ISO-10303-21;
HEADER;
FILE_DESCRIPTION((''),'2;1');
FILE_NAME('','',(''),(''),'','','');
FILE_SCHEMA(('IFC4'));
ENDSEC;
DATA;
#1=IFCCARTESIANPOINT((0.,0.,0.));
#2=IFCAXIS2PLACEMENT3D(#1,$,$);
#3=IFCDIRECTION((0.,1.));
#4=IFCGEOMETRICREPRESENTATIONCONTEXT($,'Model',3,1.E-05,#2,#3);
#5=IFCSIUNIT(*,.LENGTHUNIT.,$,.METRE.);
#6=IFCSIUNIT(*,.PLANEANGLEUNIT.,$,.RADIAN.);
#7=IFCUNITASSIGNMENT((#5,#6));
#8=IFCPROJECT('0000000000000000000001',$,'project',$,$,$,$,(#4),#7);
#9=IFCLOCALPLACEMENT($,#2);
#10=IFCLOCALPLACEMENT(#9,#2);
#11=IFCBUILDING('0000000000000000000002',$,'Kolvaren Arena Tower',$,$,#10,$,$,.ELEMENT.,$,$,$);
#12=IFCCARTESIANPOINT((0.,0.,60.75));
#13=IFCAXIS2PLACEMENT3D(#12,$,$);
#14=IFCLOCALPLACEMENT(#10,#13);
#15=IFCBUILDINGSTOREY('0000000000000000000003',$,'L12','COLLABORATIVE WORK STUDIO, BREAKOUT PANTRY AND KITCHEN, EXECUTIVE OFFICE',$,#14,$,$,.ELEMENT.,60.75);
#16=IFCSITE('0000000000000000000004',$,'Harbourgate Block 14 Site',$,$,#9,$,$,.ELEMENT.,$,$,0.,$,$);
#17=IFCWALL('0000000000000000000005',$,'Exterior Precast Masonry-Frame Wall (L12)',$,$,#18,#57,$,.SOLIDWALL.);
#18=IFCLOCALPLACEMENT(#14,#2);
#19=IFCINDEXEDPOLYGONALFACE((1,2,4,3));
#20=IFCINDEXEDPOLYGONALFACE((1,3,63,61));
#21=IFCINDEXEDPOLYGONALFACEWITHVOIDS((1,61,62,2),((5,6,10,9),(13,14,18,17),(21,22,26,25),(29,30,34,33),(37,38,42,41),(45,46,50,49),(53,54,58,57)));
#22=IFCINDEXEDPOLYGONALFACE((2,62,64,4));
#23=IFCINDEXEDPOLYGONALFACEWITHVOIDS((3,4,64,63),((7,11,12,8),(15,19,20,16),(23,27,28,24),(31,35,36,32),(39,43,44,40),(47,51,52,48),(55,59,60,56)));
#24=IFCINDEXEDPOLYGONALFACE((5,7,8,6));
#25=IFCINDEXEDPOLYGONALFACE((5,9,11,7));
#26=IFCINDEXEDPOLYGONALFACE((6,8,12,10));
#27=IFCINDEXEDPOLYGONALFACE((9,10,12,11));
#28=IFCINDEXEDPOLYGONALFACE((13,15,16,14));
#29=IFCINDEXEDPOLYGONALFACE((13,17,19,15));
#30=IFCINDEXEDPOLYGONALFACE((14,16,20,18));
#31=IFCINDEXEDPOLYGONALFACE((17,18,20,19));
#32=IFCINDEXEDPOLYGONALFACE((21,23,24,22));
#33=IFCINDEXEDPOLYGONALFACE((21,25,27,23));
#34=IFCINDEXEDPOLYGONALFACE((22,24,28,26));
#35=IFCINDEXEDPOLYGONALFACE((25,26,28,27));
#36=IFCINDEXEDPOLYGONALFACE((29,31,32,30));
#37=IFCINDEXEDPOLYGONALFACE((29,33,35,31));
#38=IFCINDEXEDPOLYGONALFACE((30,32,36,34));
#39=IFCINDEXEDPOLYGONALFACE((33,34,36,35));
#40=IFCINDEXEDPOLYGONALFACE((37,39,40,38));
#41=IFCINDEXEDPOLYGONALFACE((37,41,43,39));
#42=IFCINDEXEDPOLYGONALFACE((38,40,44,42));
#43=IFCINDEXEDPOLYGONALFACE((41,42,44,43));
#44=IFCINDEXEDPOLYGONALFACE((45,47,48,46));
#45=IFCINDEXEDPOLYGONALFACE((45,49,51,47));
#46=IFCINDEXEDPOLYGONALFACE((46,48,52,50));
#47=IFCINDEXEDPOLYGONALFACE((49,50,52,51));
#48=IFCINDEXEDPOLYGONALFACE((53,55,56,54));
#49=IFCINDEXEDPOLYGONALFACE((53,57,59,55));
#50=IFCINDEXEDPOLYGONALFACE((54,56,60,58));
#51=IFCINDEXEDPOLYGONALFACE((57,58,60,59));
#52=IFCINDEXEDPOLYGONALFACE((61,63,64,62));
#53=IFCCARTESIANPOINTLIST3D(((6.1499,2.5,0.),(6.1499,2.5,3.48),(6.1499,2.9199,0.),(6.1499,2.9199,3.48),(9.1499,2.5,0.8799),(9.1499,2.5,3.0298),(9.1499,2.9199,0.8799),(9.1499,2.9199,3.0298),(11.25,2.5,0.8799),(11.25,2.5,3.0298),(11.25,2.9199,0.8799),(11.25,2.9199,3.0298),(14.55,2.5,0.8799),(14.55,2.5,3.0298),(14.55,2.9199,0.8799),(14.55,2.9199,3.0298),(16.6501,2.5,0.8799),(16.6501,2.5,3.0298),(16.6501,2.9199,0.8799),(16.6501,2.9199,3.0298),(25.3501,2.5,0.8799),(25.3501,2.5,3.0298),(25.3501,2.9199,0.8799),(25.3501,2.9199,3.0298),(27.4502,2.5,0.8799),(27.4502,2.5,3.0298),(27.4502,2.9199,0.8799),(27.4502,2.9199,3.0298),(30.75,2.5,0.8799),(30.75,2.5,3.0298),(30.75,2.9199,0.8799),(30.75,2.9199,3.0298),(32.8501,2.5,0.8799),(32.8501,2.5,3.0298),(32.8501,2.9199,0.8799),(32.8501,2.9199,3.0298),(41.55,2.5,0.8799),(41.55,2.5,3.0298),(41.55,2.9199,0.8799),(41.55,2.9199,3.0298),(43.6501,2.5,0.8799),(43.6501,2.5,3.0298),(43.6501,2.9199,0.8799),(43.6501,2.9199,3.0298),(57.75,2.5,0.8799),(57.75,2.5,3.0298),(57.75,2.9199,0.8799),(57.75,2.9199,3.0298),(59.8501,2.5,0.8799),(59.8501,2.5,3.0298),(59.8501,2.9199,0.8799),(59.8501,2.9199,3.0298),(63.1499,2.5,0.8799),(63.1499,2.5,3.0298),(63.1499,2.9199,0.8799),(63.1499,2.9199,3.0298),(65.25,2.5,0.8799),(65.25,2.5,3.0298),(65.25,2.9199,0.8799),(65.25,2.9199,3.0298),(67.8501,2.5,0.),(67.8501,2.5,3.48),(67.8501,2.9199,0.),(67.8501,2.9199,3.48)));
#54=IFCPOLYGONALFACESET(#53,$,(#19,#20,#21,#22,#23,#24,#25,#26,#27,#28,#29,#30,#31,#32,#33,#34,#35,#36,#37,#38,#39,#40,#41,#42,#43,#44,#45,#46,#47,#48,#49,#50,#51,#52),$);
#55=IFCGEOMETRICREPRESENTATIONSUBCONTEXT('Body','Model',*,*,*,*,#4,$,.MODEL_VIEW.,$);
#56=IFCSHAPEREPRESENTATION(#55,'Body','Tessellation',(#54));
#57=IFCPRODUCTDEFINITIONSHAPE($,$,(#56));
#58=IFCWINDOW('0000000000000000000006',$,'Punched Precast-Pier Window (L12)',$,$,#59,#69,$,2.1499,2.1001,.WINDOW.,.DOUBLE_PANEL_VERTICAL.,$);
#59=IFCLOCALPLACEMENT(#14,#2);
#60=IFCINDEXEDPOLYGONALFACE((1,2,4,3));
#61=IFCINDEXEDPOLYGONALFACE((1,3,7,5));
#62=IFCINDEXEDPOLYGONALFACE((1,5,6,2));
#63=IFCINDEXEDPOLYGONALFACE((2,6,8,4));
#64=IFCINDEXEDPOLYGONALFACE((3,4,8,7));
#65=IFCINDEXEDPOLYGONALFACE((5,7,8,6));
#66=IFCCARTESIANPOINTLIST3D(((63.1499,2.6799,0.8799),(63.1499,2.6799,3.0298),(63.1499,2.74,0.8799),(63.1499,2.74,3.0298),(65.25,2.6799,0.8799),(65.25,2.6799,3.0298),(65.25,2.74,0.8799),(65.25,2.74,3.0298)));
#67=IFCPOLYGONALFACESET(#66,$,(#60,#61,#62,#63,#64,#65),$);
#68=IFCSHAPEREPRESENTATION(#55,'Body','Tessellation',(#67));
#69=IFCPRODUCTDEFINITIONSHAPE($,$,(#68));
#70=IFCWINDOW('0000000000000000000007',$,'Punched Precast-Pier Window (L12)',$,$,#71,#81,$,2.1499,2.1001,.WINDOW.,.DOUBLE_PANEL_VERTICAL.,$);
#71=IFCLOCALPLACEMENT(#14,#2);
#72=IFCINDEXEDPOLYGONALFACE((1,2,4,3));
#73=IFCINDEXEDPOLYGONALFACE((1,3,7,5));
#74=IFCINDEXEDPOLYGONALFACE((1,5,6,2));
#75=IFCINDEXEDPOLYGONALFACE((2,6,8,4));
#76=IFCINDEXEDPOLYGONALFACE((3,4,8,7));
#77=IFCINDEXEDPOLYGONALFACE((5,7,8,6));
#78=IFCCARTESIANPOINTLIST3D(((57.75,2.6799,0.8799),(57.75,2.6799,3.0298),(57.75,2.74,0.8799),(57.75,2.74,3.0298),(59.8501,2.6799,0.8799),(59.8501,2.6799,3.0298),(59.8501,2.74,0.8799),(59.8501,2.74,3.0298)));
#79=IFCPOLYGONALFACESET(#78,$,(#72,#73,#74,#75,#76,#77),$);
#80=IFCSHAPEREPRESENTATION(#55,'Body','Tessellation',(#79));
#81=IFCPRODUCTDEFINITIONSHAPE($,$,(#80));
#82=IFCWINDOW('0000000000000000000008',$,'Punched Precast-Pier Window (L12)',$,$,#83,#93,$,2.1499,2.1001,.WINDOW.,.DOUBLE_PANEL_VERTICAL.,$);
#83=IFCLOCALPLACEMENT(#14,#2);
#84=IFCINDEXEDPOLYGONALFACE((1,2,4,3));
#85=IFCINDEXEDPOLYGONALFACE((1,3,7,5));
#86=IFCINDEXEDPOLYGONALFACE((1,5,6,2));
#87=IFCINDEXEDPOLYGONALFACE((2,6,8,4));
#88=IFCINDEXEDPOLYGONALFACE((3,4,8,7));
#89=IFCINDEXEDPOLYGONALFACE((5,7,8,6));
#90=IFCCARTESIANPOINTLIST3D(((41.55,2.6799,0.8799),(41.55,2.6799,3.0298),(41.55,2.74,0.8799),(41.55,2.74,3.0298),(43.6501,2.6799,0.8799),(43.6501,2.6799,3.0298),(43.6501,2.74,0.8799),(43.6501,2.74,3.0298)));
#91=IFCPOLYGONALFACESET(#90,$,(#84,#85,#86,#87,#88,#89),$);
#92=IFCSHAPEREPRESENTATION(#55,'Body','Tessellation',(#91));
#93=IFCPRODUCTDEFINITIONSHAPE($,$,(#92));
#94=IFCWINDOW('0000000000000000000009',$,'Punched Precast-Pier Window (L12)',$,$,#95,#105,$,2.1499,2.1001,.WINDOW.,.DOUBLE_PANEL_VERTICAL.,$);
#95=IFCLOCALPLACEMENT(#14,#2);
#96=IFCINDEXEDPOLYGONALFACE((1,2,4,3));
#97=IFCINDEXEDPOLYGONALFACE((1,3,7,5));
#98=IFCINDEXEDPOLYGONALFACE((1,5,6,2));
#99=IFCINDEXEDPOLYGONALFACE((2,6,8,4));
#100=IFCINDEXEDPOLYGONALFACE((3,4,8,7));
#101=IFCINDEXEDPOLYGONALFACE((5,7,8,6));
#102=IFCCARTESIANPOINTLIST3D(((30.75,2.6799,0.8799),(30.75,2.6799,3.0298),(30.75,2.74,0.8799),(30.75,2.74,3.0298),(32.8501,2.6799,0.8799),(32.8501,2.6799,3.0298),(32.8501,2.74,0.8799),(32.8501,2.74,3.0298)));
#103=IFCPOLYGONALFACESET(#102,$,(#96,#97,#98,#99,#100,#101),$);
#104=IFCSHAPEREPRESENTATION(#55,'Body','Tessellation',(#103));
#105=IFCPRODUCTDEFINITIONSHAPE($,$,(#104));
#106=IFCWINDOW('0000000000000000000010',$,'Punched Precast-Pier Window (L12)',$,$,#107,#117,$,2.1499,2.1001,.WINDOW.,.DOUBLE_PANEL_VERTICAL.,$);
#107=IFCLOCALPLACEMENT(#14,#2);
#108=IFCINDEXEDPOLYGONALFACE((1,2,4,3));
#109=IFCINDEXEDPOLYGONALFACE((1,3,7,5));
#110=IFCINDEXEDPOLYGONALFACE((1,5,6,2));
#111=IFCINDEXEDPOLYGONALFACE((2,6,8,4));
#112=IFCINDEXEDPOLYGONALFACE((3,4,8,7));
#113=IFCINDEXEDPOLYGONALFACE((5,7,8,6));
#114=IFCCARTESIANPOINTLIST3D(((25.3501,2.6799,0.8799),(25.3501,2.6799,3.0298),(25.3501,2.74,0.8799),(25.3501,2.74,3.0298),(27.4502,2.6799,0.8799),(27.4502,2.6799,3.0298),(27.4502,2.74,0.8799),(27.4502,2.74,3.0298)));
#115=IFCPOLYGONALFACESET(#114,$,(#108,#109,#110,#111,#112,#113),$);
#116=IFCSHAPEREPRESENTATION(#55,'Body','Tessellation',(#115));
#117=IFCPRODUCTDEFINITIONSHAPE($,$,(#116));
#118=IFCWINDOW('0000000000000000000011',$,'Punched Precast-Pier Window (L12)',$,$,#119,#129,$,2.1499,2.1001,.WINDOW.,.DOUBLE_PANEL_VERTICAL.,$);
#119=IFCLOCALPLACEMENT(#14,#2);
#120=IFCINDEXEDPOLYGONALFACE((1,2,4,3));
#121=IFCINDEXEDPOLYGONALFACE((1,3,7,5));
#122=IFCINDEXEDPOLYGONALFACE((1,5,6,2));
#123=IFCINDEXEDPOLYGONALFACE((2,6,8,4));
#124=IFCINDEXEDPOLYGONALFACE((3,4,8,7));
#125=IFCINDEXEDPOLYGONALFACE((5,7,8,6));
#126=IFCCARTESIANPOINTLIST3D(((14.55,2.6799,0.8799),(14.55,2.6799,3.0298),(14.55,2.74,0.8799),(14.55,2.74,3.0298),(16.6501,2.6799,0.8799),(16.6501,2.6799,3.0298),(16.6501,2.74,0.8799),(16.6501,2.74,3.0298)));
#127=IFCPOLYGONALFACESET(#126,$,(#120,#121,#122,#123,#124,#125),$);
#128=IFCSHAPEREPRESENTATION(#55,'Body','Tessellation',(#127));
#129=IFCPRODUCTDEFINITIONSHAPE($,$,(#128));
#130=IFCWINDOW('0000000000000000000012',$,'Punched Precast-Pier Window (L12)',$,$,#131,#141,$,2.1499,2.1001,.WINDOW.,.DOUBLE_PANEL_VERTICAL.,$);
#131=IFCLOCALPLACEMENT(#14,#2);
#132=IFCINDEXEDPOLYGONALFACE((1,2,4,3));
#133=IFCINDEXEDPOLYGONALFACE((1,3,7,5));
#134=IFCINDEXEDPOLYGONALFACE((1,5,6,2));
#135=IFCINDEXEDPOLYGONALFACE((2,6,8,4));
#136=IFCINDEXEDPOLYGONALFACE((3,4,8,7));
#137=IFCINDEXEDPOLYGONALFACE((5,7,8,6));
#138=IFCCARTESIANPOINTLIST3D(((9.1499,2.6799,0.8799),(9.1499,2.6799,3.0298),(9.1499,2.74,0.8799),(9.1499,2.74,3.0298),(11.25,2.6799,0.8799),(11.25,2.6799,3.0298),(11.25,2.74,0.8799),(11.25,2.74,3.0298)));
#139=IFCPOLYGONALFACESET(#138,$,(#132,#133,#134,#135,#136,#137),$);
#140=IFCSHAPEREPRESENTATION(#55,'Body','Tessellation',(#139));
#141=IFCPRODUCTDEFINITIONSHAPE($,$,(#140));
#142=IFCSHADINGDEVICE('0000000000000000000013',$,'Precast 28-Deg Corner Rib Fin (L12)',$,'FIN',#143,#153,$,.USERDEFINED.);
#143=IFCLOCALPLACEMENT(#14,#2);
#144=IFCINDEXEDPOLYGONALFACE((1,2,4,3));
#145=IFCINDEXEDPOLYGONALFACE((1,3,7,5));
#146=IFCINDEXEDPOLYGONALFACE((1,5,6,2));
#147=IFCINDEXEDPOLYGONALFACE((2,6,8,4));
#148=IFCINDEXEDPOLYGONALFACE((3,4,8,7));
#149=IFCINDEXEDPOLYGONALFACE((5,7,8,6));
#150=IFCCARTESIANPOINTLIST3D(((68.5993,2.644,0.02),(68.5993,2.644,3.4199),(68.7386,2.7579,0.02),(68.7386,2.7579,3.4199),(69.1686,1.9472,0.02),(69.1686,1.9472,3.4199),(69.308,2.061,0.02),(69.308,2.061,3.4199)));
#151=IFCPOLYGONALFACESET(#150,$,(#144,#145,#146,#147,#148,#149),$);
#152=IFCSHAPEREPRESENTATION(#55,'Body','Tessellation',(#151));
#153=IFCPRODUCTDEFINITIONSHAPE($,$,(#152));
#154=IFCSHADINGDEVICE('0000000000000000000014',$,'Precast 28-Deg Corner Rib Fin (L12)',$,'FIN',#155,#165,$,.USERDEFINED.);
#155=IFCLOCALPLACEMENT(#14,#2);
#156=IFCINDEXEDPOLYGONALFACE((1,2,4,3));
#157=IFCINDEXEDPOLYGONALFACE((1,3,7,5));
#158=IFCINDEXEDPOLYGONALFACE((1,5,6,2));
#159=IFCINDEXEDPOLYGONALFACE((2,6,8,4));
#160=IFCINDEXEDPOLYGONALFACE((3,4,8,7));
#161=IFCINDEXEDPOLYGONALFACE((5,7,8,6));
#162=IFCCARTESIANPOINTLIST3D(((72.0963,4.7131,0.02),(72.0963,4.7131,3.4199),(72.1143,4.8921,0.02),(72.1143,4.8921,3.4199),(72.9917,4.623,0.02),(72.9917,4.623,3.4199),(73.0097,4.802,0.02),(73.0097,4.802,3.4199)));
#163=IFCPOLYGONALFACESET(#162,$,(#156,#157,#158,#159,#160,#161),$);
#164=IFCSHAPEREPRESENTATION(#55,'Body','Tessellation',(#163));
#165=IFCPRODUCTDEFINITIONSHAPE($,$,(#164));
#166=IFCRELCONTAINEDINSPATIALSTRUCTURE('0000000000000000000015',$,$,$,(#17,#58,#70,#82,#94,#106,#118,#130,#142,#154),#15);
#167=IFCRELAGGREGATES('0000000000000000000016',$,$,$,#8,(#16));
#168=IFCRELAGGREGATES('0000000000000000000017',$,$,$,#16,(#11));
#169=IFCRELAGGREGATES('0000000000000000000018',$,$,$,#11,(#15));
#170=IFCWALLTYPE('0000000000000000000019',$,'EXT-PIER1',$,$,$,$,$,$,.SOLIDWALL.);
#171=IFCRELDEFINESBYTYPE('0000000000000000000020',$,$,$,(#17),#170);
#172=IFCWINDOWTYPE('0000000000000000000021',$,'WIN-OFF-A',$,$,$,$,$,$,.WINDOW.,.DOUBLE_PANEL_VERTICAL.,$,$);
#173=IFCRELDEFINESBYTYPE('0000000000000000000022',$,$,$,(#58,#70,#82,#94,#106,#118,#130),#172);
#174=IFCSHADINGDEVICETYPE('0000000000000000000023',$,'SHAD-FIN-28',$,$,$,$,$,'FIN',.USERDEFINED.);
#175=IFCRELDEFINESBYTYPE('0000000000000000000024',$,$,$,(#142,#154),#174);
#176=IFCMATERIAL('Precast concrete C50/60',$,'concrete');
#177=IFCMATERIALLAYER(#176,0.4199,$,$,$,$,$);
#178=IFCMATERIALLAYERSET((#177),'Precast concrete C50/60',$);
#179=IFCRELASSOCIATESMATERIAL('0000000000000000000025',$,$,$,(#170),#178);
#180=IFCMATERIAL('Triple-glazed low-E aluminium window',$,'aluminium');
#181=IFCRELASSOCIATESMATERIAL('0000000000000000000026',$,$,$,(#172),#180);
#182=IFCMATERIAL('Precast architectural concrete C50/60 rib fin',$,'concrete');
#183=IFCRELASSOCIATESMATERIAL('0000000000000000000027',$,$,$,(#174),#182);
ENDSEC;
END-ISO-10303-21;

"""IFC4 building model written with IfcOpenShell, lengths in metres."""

from ifc_helpers import new_model, si_unit, direction, frame, frame_2d, origin, origin_2d, place, context, subcontext, project, spatial, rectangle, extrude, material, layer, layer_set, type_object, element, fill, save


model = new_model("IFC4")

# Units and contexts
model_context = context("Model", 3, precision=1e-05, world=origin(), true_north=direction((0.0, 1.0)))
body_context = subcontext(model_context, "Body", "Model", "MODEL_VIEW")
ifc_project = project(units=[si_unit("LENGTHUNIT", "METRE"), si_unit("PLANEANGLEUNIT", "RADIAN")], contexts=[model_context])

# Site, building, storey
site_placement = place(None, origin())
site = spatial("IfcSite", under=ifc_project, at=site_placement, Name="Harbourgate Block 14 Site", CompositionType="ELEMENT", RefElevation=0.0)
building_placement = place(site_placement, origin())
building = spatial("IfcBuilding", under=site, at=building_placement, Name="Kolvaren Arena Tower", CompositionType="ELEMENT")
storey_placement = place(building_placement, frame((0.0, 0.0, 60.75)))
storey = spatial("IfcBuildingStorey", under=building, at=storey_placement, Name="L12", Description="COLLABORATIVE WORK STUDIO, BREAKOUT PANTRY AND KITCHEN, EXECUTIVE OFFICE", CompositionType="ELEMENT", Elevation=60.75)

# Shared definitions
ifc_material_1 = material(Name="Precast concrete C50/60", Category="concrete")
ifc_layer_1 = layer(ifc_material_1, 0.4199)
ifc_layer_set_1 = layer_set([ifc_layer_1], Name="Precast concrete C50/60")
wall_type_1 = type_object("IfcWallType", Name="EXT-PIER1", PredefinedType="SOLIDWALL", material=ifc_layer_set_1)

# Wall, openings, windows
wall_1_placement = place(storey_placement, frame((67.8501, 2.71, 0.0), z_axis=(0.0, 0.0, 1.0), x_axis=(-1.0, 0.0, 0.0)))
wall_1 = element("IfcWall", 1, at=wall_1_placement, inside=storey, type_object=wall_type_1, Name="Exterior Precast Masonry-Frame Wall (L12)", PredefinedType="SOLIDWALL", context=body_context, shape_type="SweptSolid", body=[
    extrude(rectangle(XDim=61.7002, YDim=0.4199, at=frame_2d((30.8501, 0.0))), origin(), (0.0, 0.0, 1.0), 3.48),
])
opening_1_placement = place(wall_1_placement, frame((2.6001, 0.0, 0.8799)))
opening_1 = element("IfcOpeningElement", 2, at=opening_1_placement, cuts=wall_1, PredefinedType="OPENING", context=body_context, shape_type="SweptSolid", body=[
    extrude(rectangle(XDim=2.1001, YDim=2.1499, at=frame_2d((1.05, 1.075))), frame((0.0, 0.22, 0.0), z_axis=(0.0, -1.0, 0.0), x_axis=(1.0, 0.0, 0.0)), (0.0, 0.0, 1.0), 0.4399),
])
opening_2_placement = place(wall_1_placement, frame((8.0, 0.0, 0.8799)))
opening_2 = element("IfcOpeningElement", 3, at=opening_2_placement, cuts=wall_1, PredefinedType="OPENING", context=body_context, shape_type="SweptSolid", body=[
    extrude(rectangle(XDim=2.1001, YDim=2.1499, at=frame_2d((1.05, 1.075))), frame((0.0, 0.22, 0.0), z_axis=(0.0, -1.0, 0.0), x_axis=(1.0, 0.0, 0.0)), (0.0, 0.0, 1.0), 0.4399),
])
opening_3_placement = place(wall_1_placement, frame((24.2, 0.0, 0.8799)))
opening_3 = element("IfcOpeningElement", 4, at=opening_3_placement, cuts=wall_1, PredefinedType="OPENING", context=body_context, shape_type="SweptSolid", body=[
    extrude(rectangle(XDim=2.1001, YDim=2.1499, at=frame_2d((1.05, 1.075))), frame((0.0, 0.22, 0.0), z_axis=(0.0, -1.0, 0.0), x_axis=(1.0, 0.0, 0.0)), (0.0, 0.0, 1.0), 0.4399),
])
opening_4_placement = place(wall_1_placement, frame((35.0, 0.0, 0.8799)))
opening_4 = element("IfcOpeningElement", 5, at=opening_4_placement, cuts=wall_1, PredefinedType="OPENING", context=body_context, shape_type="SweptSolid", body=[
    extrude(rectangle(XDim=2.1001, YDim=2.1499, at=frame_2d((1.05, 1.075))), frame((0.0, 0.22, 0.0), z_axis=(0.0, -1.0, 0.0), x_axis=(1.0, 0.0, 0.0)), (0.0, 0.0, 1.0), 0.4399),
])
opening_5_placement = place(wall_1_placement, frame((40.3999, 0.0, 0.8799)))
opening_5 = element("IfcOpeningElement", 6, at=opening_5_placement, cuts=wall_1, PredefinedType="OPENING", context=body_context, shape_type="SweptSolid", body=[
    extrude(rectangle(XDim=2.1001, YDim=2.1499, at=frame_2d((1.05, 1.075))), frame((0.0, 0.22, 0.0), z_axis=(0.0, -1.0, 0.0), x_axis=(1.0, 0.0, 0.0)), (0.0, 0.0, 1.0), 0.4399),
])
opening_6_placement = place(wall_1_placement, frame((51.2, 0.0, 0.8799)))
opening_6 = element("IfcOpeningElement", 7, at=opening_6_placement, cuts=wall_1, PredefinedType="OPENING", context=body_context, shape_type="SweptSolid", body=[
    extrude(rectangle(XDim=2.1001, YDim=2.1499, at=frame_2d((1.05, 1.075))), frame((0.0, 0.22, 0.0), z_axis=(0.0, -1.0, 0.0), x_axis=(1.0, 0.0, 0.0)), (0.0, 0.0, 1.0), 0.4399),
])
opening_7_placement = place(wall_1_placement, frame((56.6001, 0.0, 0.8799)))
opening_7 = element("IfcOpeningElement", 8, at=opening_7_placement, cuts=wall_1, PredefinedType="OPENING", context=body_context, shape_type="SweptSolid", body=[
    extrude(rectangle(XDim=2.1001, YDim=2.1499, at=frame_2d((1.05, 1.075))), frame((0.0, 0.22, 0.0), z_axis=(0.0, -1.0, 0.0), x_axis=(1.0, 0.0, 0.0)), (0.0, 0.0, 1.0), 0.4399),
])
ifc_material_2 = material(Name="Triple-glazed low-E aluminium window", Category="aluminium")
window_type = type_object("IfcWindowType", Name="WIN-OFF-A", PartitioningType="DOUBLE_PANEL_VERTICAL", PredefinedType="WINDOW", material=ifc_material_2)
window_1_placement = place(opening_1_placement, origin())
window_1 = element("IfcWindow", 9, at=window_1_placement, inside=storey, type_object=window_type, Name="Punched Precast-Pier Window (L12)", OverallHeight=2.1499, OverallWidth=2.1001, PartitioningType="DOUBLE_PANEL_VERTICAL", PredefinedType="WINDOW", context=body_context, shape_type="SweptSolid", body=[
    extrude(rectangle(XDim=2.1001, YDim=2.1499, at=frame_2d((1.05, 1.075))), frame((0.0, 0.03, 0.0), z_axis=(0.0, -1.0, 0.0), x_axis=(1.0, 0.0, 0.0)), (0.0, 0.0, 1.0), 0.0601),
])
fill(opening_1, window_1)
window_2_placement = place(opening_2_placement, origin())
window_2 = element("IfcWindow", 10, at=window_2_placement, inside=storey, type_object=window_type, Name="Punched Precast-Pier Window (L12)", OverallHeight=2.1499, OverallWidth=2.1001, PartitioningType="DOUBLE_PANEL_VERTICAL", PredefinedType="WINDOW", context=body_context, shape_type="SweptSolid", body=[
    extrude(rectangle(XDim=2.1001, YDim=2.1499, at=frame_2d((1.05, 1.075))), frame((0.0, 0.03, 0.0), z_axis=(0.0, -1.0, 0.0), x_axis=(1.0, 0.0, 0.0)), (0.0, 0.0, 1.0), 0.0601),
])
fill(opening_2, window_2)
window_3_placement = place(opening_3_placement, origin())
window_3 = element("IfcWindow", 11, at=window_3_placement, inside=storey, type_object=window_type, Name="Punched Precast-Pier Window (L12)", OverallHeight=2.1499, OverallWidth=2.1001, PartitioningType="DOUBLE_PANEL_VERTICAL", PredefinedType="WINDOW", context=body_context, shape_type="SweptSolid", body=[
    extrude(rectangle(XDim=2.1001, YDim=2.1499, at=frame_2d((1.05, 1.075))), frame((0.0, 0.03, 0.0), z_axis=(0.0, -1.0, 0.0), x_axis=(1.0, 0.0, 0.0)), (0.0, 0.0, 1.0), 0.0601),
])
fill(opening_3, window_3)
window_4_placement = place(opening_4_placement, origin())
window_4 = element("IfcWindow", 12, at=window_4_placement, inside=storey, type_object=window_type, Name="Punched Precast-Pier Window (L12)", OverallHeight=2.1499, OverallWidth=2.1001, PartitioningType="DOUBLE_PANEL_VERTICAL", PredefinedType="WINDOW", context=body_context, shape_type="SweptSolid", body=[
    extrude(rectangle(XDim=2.1001, YDim=2.1499, at=frame_2d((1.05, 1.075))), frame((0.0, 0.03, 0.0), z_axis=(0.0, -1.0, 0.0), x_axis=(1.0, 0.0, 0.0)), (0.0, 0.0, 1.0), 0.0601),
])
fill(opening_4, window_4)
window_5_placement = place(opening_5_placement, origin())
window_5 = element("IfcWindow", 13, at=window_5_placement, inside=storey, type_object=window_type, Name="Punched Precast-Pier Window (L12)", OverallHeight=2.1499, OverallWidth=2.1001, PartitioningType="DOUBLE_PANEL_VERTICAL", PredefinedType="WINDOW", context=body_context, shape_type="SweptSolid", body=[
    extrude(rectangle(XDim=2.1001, YDim=2.1499, at=frame_2d((1.05, 1.075))), frame((0.0, 0.03, 0.0), z_axis=(0.0, -1.0, 0.0), x_axis=(1.0, 0.0, 0.0)), (0.0, 0.0, 1.0), 0.0601),
])
fill(opening_5, window_5)
window_6_placement = place(opening_6_placement, origin())
window_6 = element("IfcWindow", 14, at=window_6_placement, inside=storey, type_object=window_type, Name="Punched Precast-Pier Window (L12)", OverallHeight=2.1499, OverallWidth=2.1001, PartitioningType="DOUBLE_PANEL_VERTICAL", PredefinedType="WINDOW", context=body_context, shape_type="SweptSolid", body=[
    extrude(rectangle(XDim=2.1001, YDim=2.1499, at=frame_2d((1.05, 1.075))), frame((0.0, 0.03, 0.0), z_axis=(0.0, -1.0, 0.0), x_axis=(1.0, 0.0, 0.0)), (0.0, 0.0, 1.0), 0.0601),
])
fill(opening_6, window_6)
window_7_placement = place(opening_7_placement, origin())
window_7 = element("IfcWindow", 15, at=window_7_placement, inside=storey, type_object=window_type, Name="Punched Precast-Pier Window (L12)", OverallHeight=2.1499, OverallWidth=2.1001, PartitioningType="DOUBLE_PANEL_VERTICAL", PredefinedType="WINDOW", context=body_context, shape_type="SweptSolid", body=[
    extrude(rectangle(XDim=2.1001, YDim=2.1499, at=frame_2d((1.05, 1.075))), frame((0.0, 0.03, 0.0), z_axis=(0.0, -1.0, 0.0), x_axis=(1.0, 0.0, 0.0)), (0.0, 0.0, 1.0), 0.0601),
])
fill(opening_7, window_7)

# Shading devices
ifc_material_3 = material(Name="Precast architectural concrete C50/60 rib fin", Category="concrete")
shading_device_type_1 = type_object("IfcShadingDeviceType", Name="SHAD-FIN-28", ElementType="FIN", PredefinedType="USERDEFINED", material=ifc_material_3)
for number, where, z_axis, x_axis, name in (
    (16, (68.9536, 2.3525, 0.02), (0.0, 0.0, 1.0), (0.632723, -0.774378, 0.0), "Precast 28-Deg Corner Rib Fin (L12)"),
    (17, (72.553, 4.7576, 0.02), (0.0, 0.0, 1.0), (0.994972, -0.100155, 0.0), "Precast 28-Deg Corner Rib Fin (L12)"),
):
    element("IfcShadingDevice", number, at=place(storey_placement, frame(where, z_axis=z_axis, x_axis=x_axis)), inside=storey, type_object=shading_device_type_1, Name=name, ObjectType="FIN", PredefinedType="USERDEFINED", context=body_context, shape_type="SweptSolid", body=[
        extrude(rectangle(XDim=0.8999, YDim=0.1799, at=origin_2d()), origin(), (0.0, 0.0, 1.0), 3.3999),
    ])

save(model, "model.ifc")
